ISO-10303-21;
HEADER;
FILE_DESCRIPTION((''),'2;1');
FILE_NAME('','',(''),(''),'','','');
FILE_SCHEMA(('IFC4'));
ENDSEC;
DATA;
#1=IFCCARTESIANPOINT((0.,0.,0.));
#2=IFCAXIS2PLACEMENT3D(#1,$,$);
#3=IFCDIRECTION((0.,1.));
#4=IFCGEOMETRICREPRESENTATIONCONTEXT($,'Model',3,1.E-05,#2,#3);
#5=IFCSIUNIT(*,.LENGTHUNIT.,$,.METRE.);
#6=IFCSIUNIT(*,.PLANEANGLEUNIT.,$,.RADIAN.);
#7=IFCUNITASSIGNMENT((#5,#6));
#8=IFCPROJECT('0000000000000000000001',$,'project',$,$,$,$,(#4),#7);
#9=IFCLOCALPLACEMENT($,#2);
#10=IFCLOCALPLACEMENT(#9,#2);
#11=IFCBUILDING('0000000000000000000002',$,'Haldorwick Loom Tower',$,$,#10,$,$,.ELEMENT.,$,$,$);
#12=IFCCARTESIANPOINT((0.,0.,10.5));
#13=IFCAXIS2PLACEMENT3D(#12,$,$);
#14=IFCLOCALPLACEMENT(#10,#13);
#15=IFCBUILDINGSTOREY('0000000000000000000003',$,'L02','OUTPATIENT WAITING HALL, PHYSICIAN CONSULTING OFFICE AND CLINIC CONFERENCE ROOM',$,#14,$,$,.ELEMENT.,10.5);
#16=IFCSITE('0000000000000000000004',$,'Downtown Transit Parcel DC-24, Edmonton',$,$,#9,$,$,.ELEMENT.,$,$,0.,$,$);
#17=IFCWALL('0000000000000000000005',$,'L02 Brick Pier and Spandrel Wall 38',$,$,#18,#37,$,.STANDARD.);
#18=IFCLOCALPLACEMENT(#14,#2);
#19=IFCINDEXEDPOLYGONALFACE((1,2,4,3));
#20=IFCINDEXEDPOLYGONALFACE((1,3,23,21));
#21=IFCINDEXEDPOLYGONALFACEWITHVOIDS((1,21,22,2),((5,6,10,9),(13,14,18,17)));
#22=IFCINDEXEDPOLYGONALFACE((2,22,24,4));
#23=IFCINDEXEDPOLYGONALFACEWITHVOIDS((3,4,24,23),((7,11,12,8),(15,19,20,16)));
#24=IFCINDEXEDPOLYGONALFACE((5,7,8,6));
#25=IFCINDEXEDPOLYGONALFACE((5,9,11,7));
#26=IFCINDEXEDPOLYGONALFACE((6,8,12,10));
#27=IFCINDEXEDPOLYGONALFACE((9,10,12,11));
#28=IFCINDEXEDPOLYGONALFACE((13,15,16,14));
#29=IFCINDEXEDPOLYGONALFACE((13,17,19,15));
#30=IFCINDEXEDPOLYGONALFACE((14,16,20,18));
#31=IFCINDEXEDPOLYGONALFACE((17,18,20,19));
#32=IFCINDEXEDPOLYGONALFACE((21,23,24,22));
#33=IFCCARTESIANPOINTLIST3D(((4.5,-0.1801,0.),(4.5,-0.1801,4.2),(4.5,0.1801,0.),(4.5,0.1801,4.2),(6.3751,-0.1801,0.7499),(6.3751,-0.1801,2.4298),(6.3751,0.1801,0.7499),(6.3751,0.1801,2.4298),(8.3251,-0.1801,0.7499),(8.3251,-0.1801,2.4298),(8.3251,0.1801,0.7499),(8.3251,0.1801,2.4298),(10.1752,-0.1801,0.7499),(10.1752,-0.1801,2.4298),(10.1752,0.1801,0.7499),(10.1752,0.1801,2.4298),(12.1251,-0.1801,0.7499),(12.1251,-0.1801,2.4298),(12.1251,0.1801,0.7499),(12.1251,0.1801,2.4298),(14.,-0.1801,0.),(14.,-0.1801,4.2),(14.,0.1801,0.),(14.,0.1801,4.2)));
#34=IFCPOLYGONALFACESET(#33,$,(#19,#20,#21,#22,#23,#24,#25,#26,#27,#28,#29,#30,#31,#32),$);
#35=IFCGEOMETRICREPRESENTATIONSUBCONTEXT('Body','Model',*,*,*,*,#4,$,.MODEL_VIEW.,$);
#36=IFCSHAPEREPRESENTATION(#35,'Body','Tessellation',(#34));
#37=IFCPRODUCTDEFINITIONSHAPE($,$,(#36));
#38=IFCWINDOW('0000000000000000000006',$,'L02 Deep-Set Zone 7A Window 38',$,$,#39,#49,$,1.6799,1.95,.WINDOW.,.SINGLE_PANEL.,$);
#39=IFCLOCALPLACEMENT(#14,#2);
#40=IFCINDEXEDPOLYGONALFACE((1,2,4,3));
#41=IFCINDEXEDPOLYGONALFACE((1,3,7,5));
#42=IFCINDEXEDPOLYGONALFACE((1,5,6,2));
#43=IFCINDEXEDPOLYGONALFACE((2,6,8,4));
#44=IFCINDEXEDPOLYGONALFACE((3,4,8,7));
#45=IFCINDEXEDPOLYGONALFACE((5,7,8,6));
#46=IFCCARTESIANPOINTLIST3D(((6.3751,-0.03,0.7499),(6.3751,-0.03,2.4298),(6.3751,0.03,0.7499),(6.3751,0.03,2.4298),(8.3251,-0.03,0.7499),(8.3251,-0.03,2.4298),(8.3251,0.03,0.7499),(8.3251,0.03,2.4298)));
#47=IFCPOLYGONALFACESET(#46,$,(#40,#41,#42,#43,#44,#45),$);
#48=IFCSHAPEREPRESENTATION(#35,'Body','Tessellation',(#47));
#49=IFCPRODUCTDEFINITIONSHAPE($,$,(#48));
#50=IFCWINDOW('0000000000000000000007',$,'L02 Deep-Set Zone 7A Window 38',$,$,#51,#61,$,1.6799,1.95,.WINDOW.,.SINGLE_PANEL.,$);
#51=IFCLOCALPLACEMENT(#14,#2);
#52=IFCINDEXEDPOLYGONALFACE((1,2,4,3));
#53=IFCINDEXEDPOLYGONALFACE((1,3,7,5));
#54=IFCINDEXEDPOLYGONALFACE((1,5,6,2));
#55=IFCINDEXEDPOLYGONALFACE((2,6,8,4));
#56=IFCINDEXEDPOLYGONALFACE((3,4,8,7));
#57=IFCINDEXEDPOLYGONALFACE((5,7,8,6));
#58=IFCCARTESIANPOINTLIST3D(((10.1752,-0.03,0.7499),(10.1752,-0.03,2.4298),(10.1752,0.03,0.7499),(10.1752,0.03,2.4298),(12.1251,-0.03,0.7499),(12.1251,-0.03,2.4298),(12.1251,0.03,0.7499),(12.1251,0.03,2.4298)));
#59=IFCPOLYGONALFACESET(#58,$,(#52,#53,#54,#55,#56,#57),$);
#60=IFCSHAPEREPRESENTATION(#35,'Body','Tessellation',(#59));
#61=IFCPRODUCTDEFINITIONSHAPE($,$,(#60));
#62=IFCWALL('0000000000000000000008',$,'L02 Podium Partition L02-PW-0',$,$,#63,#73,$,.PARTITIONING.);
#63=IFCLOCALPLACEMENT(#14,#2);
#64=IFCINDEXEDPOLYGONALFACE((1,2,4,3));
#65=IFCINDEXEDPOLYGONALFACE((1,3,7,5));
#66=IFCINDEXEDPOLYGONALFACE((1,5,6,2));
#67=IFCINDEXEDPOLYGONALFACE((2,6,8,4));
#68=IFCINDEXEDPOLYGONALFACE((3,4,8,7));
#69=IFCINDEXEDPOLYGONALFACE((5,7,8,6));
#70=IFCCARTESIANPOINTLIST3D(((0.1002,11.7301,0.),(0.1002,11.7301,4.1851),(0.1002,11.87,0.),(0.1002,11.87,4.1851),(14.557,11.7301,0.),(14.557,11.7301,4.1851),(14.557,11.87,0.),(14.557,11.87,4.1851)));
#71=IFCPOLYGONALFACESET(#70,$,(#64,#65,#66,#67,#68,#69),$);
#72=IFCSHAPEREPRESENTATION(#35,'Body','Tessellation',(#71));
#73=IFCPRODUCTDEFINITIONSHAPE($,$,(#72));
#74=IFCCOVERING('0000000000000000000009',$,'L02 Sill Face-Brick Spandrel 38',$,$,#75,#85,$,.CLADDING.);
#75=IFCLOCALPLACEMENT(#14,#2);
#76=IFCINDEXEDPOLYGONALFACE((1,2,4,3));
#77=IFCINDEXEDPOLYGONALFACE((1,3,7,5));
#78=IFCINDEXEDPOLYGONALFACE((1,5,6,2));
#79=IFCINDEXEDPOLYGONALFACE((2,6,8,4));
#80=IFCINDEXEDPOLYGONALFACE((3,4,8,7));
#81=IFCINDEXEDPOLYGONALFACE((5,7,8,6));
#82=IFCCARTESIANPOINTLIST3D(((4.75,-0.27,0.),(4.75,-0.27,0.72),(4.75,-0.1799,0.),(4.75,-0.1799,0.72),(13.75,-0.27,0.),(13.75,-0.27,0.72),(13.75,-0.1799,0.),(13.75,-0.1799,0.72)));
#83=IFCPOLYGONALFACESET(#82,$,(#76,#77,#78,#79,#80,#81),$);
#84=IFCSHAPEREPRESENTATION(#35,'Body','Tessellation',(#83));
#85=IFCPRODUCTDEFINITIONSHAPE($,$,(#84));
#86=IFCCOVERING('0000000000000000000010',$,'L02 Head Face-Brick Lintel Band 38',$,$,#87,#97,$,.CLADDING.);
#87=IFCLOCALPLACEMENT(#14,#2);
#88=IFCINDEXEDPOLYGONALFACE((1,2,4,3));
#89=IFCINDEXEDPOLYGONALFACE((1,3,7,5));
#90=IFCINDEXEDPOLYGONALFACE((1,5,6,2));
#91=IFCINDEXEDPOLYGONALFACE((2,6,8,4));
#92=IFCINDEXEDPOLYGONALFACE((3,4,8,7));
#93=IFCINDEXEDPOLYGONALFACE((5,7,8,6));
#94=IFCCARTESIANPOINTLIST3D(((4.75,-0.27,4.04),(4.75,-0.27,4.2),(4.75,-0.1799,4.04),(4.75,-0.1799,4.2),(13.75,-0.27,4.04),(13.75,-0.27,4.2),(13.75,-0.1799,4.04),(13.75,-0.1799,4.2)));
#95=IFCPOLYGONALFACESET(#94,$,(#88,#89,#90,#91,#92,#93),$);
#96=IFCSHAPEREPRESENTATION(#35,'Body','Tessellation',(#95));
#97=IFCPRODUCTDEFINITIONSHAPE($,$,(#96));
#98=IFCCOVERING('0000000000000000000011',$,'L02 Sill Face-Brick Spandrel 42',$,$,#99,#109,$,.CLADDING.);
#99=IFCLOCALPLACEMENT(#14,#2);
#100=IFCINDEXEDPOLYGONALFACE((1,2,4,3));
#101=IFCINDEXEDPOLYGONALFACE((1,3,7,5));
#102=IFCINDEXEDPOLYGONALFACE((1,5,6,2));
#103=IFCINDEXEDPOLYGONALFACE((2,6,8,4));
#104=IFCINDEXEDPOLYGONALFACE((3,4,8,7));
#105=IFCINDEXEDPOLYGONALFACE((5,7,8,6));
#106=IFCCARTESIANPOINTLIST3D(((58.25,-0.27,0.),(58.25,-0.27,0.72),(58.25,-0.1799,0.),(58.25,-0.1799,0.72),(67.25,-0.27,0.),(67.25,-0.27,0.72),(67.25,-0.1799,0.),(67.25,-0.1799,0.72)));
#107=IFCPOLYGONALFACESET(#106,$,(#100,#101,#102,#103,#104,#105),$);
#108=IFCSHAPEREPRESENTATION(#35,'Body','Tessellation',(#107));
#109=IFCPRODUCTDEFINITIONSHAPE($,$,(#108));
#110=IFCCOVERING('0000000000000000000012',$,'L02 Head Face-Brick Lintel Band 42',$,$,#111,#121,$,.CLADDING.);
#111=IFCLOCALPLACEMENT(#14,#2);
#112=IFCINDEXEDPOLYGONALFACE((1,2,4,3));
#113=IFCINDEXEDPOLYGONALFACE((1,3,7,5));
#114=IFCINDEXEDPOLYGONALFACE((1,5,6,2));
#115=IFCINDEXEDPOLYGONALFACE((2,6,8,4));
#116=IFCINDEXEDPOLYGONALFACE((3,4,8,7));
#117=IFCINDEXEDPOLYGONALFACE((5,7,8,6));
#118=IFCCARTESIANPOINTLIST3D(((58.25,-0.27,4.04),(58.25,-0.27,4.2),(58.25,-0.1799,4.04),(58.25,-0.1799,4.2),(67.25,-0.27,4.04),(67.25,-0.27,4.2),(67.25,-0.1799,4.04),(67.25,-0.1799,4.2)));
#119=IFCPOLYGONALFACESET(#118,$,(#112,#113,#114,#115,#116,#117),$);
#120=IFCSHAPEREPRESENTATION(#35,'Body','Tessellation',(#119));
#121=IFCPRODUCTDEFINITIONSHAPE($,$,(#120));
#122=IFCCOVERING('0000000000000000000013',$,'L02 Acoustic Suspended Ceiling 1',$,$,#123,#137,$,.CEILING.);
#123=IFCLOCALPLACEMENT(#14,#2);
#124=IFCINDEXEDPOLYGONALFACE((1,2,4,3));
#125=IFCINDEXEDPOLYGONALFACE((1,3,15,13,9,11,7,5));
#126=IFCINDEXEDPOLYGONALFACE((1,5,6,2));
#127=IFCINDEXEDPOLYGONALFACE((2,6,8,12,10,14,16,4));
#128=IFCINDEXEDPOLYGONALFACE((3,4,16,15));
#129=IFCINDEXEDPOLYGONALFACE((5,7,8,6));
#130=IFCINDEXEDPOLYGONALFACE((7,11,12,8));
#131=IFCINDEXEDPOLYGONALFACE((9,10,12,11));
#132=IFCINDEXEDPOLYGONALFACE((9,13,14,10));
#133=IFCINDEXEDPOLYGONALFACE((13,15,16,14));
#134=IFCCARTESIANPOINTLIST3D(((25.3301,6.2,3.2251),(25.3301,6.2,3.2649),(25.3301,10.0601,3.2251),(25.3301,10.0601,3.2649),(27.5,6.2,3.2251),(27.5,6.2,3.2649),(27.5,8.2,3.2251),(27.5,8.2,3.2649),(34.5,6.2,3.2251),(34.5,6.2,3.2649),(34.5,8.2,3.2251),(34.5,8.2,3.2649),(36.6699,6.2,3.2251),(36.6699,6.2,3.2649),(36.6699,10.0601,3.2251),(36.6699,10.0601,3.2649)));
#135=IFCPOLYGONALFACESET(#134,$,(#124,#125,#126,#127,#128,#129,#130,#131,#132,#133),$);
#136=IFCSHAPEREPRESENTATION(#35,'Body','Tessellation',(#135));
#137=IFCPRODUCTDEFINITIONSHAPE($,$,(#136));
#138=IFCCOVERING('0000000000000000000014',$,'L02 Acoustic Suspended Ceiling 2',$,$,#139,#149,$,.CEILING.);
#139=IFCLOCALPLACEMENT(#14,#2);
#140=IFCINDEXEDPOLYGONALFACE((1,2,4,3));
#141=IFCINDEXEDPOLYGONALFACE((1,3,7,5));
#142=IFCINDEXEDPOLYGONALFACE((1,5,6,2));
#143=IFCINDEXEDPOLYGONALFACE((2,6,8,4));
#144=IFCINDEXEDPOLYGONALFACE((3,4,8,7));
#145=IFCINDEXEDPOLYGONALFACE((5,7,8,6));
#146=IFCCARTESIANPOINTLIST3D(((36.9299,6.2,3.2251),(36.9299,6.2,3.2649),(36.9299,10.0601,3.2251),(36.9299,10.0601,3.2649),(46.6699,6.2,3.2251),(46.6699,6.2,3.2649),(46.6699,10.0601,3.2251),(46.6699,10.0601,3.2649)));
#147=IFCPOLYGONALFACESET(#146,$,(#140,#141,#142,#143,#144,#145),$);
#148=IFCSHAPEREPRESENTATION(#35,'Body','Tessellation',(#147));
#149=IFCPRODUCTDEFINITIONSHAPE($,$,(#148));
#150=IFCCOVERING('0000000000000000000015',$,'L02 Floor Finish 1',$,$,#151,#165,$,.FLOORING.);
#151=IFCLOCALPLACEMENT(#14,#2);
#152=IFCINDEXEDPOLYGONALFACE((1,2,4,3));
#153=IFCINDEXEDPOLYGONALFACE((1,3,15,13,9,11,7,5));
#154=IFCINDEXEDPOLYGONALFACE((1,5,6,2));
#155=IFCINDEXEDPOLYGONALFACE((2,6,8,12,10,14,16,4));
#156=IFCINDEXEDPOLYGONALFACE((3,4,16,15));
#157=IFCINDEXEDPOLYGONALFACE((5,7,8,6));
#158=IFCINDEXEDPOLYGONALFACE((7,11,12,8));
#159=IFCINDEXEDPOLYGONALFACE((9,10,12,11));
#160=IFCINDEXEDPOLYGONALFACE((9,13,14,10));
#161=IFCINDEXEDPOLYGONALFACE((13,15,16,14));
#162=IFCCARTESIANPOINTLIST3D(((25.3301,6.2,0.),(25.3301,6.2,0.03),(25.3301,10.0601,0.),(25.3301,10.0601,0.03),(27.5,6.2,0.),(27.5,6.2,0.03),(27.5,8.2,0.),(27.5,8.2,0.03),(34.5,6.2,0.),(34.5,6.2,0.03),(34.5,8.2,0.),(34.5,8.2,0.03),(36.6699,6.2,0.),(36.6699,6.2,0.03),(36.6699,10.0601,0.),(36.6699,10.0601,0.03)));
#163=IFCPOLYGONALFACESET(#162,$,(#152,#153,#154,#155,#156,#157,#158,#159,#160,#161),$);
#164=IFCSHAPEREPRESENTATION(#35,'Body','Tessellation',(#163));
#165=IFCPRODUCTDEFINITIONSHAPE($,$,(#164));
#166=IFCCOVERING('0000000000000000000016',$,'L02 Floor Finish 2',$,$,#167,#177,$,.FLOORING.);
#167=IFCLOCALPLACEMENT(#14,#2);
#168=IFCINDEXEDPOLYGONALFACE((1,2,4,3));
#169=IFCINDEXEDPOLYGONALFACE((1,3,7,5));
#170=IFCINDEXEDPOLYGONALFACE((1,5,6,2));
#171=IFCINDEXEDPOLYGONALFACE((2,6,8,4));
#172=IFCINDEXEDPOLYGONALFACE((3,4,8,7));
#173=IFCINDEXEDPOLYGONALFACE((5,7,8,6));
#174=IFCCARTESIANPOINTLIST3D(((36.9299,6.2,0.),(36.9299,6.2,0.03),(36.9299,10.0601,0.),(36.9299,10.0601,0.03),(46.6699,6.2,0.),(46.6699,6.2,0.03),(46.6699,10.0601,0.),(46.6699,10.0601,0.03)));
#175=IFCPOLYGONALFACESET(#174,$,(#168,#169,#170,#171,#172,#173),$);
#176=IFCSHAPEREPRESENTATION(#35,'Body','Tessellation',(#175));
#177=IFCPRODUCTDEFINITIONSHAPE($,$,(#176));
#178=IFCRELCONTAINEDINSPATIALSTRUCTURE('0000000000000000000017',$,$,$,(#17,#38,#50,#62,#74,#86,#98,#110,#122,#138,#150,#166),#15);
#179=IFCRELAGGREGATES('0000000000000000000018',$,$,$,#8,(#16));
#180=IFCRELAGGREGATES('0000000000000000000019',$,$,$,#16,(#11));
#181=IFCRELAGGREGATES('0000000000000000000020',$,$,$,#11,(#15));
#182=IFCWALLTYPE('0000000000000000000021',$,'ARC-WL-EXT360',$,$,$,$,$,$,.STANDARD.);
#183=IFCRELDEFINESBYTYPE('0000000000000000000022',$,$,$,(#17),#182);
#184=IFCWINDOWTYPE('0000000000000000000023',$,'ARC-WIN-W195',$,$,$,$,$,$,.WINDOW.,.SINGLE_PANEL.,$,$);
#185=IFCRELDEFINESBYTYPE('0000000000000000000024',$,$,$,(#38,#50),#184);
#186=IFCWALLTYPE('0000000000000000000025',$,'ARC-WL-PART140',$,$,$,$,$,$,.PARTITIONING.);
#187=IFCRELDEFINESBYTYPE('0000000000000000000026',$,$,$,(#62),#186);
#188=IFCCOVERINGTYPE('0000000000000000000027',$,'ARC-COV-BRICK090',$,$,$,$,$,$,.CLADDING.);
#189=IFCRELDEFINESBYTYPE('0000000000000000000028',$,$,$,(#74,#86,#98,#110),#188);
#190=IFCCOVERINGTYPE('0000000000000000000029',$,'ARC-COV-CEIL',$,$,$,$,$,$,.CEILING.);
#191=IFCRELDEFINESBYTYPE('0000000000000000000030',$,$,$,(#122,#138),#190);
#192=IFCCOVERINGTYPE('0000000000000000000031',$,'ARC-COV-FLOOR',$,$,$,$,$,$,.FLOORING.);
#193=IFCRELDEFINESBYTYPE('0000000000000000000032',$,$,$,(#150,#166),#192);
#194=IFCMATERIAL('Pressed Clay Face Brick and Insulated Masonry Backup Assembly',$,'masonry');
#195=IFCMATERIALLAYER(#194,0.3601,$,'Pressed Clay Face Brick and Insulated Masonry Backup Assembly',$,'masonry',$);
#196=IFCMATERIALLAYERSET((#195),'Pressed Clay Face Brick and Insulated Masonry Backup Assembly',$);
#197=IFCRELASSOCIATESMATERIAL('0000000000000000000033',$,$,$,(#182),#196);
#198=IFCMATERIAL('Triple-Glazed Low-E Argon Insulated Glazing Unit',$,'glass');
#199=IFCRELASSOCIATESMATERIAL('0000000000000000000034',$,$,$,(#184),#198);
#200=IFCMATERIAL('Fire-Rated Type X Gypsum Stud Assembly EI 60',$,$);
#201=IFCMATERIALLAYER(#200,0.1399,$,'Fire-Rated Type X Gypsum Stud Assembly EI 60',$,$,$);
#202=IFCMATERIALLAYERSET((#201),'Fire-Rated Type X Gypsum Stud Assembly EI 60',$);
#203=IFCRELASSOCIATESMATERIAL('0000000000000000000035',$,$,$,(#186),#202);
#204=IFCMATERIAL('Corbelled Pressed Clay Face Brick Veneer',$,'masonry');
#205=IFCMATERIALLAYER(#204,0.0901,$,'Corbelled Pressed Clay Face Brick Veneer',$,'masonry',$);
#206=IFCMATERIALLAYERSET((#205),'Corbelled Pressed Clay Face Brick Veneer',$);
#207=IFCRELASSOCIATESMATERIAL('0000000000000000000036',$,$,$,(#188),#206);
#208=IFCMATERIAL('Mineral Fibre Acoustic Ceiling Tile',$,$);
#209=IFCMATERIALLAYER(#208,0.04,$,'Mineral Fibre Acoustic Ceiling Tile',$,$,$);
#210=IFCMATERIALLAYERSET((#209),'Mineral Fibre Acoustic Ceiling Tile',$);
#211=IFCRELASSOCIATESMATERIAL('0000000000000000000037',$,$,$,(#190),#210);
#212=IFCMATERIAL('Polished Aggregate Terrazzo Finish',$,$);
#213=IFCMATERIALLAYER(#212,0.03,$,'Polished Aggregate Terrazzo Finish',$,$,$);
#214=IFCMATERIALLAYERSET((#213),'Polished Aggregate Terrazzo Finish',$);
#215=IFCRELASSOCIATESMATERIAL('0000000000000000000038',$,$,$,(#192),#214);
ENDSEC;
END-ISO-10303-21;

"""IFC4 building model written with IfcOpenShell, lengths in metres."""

from ifc_helpers import new_model, si_unit, direction, frame, frame_2d, origin, place, context, subcontext, project, spatial, polyline, rectangle, outline, extrude, material, layer, layer_set, type_object, element, fill, save


model = new_model("IFC4")

# Units and contexts
model_context = context("Model", 3, precision=1e-05, world=origin(), true_north=direction((0.0, 1.0)))
body_context = subcontext(model_context, "Body", "Model", "MODEL_VIEW")
ifc_project = project(units=[si_unit("LENGTHUNIT", "METRE"), si_unit("PLANEANGLEUNIT", "RADIAN")], contexts=[model_context])

# Site, building, storey
site_placement = place(None, origin())
site = spatial("IfcSite", under=ifc_project, at=site_placement, Name="Downtown Transit Parcel DC-24, Edmonton", CompositionType="ELEMENT", RefElevation=0.0)
building_placement = place(site_placement, origin())
building = spatial("IfcBuilding", under=site, at=building_placement, Name="Haldorwick Loom Tower", CompositionType="ELEMENT")
storey_placement = place(building_placement, frame((0.0, 0.0, 10.5)))
storey = spatial("IfcBuildingStorey", under=building, at=storey_placement, Name="L02", Description="OUTPATIENT WAITING HALL, PHYSICIAN CONSULTING OFFICE AND CLINIC CONFERENCE ROOM", CompositionType="ELEMENT", Elevation=10.5)

# Shared definitions
ifc_material_1 = material(Name="Pressed Clay Face Brick and Insulated Masonry Backup Assembly", Category="masonry")
ifc_layer_1 = layer(ifc_material_1, 0.3601, Name="Pressed Clay Face Brick and Insulated Masonry Backup Assembly", Category="masonry")
ifc_layer_set_1 = layer_set([ifc_layer_1], Name="Pressed Clay Face Brick and Insulated Masonry Backup Assembly")
wall_type_1 = type_object("IfcWallType", Name="ARC-WL-EXT360", PredefinedType="STANDARD", material=ifc_layer_set_1)
ifc_material_2 = material(Name="Triple-Glazed Low-E Argon Insulated Glazing Unit", Category="glass")
window_type = type_object("IfcWindowType", Name="ARC-WIN-W195", PartitioningType="SINGLE_PANEL", PredefinedType="WINDOW", material=ifc_material_2)

# Wall, openings, windows
wall_1_placement = place(storey_placement, frame((4.5, 0.0, 0.0), z_axis=(0.0, 0.0, 1.0), x_axis=(1.0, 0.0, 0.0)))
wall_1 = element("IfcWall", 1, at=wall_1_placement, inside=storey, type_object=wall_type_1, Name="L02 Brick Pier and Spandrel Wall 38", PredefinedType="STANDARD", context=body_context, shape_type="SweptSolid", body=[
    extrude(rectangle(XDim=9.5, YDim=0.3601, at=frame_2d((4.75, 0.0))), origin(), (0.0, 0.0, 1.0), 4.2),
])
opening_1_placement = place(wall_1_placement, frame((1.875, 0.0, 0.75)))
opening_1 = element("IfcOpeningElement", 2, at=opening_1_placement, cuts=wall_1, PredefinedType="OPENING", context=body_context, shape_type="SweptSolid", body=[
    extrude(rectangle(XDim=1.95, YDim=1.6799, at=frame_2d((0.9751, 0.8398))), frame((0.0, 0.1899, 0.0), z_axis=(0.0, -1.0, 0.0), x_axis=(1.0, 0.0, 0.0)), (0.0, 0.0, 1.0), 0.3801),
])
opening_2_placement = place(wall_1_placement, frame((5.675, 0.0, 0.75)))
opening_2 = element("IfcOpeningElement", 3, at=opening_2_placement, cuts=wall_1, PredefinedType="OPENING", context=body_context, shape_type="SweptSolid", body=[
    extrude(rectangle(XDim=1.95, YDim=1.6799, at=frame_2d((0.9751, 0.8398))), frame((0.0, 0.1899, 0.0), z_axis=(0.0, -1.0, 0.0), x_axis=(1.0, 0.0, 0.0)), (0.0, 0.0, 1.0), 0.3801),
])
window_1_placement = place(opening_1_placement, origin())
window_1 = element("IfcWindow", 4, at=window_1_placement, inside=storey, type_object=window_type, Name="L02 Deep-Set Zone 7A Window 38", OverallHeight=1.6799, OverallWidth=1.95, PartitioningType="SINGLE_PANEL", PredefinedType="WINDOW", context=body_context, shape_type="SweptSolid", body=[
    extrude(rectangle(XDim=1.95, YDim=1.6799, at=frame_2d((0.9751, 0.8398))), frame((0.0, 0.03, 0.0), z_axis=(0.0, -1.0, 0.0), x_axis=(1.0, 0.0, 0.0)), (0.0, 0.0, 1.0), 0.0601),
])
fill(opening_1, window_1)
window_2_placement = place(opening_2_placement, origin())
window_2 = element("IfcWindow", 5, at=window_2_placement, inside=storey, type_object=window_type, Name="L02 Deep-Set Zone 7A Window 38", OverallHeight=1.6799, OverallWidth=1.95, PartitioningType="SINGLE_PANEL", PredefinedType="WINDOW", context=body_context, shape_type="SweptSolid", body=[
    extrude(rectangle(XDim=1.95, YDim=1.6799, at=frame_2d((0.9751, 0.8398))), frame((0.0, 0.03, 0.0), z_axis=(0.0, -1.0, 0.0), x_axis=(1.0, 0.0, 0.0)), (0.0, 0.0, 1.0), 0.0601),
])
fill(opening_2, window_2)

# Wall
ifc_material_3 = material(Name="Fire-Rated Type X Gypsum Stud Assembly EI 60")
ifc_layer_2 = layer(ifc_material_3, 0.1399, Name="Fire-Rated Type X Gypsum Stud Assembly EI 60")
ifc_layer_set_2 = layer_set([ifc_layer_2], Name="Fire-Rated Type X Gypsum Stud Assembly EI 60")
wall_type_2 = type_object("IfcWallType", Name="ARC-WL-PART140", PredefinedType="PARTITIONING", material=ifc_layer_set_2)
wall_2_placement = place(storey_placement, frame((0.1001, 11.8, 0.0), z_axis=(0.0, 0.0, 1.0), x_axis=(1.0, 0.0, 0.0)))
element("IfcWall", 6, at=wall_2_placement, inside=storey, type_object=wall_type_2, Name="L02 Podium Partition L02-PW-0", PredefinedType="PARTITIONING", context=body_context, shape_type="SweptSolid", body=[
    extrude(rectangle(XDim=14.4568, YDim=0.1399, at=frame_2d((7.2285, 0.0))), origin(), (0.0, 0.0, 1.0), 4.1851),
])

# Coverings
ifc_material_4 = material(Name="Corbelled Pressed Clay Face Brick Veneer", Category="masonry")
ifc_layer_3 = layer(ifc_material_4, 0.0901, Name="Corbelled Pressed Clay Face Brick Veneer", Category="masonry")
ifc_layer_set_3 = layer_set([ifc_layer_3], Name="Corbelled Pressed Clay Face Brick Veneer")
covering_type_1 = type_object("IfcCoveringType", Name="ARC-COV-BRICK090", PredefinedType="CLADDING", material=ifc_layer_set_3)
covering_1_placement = place(storey_placement, origin())
element("IfcCovering", 7, at=covering_1_placement, inside=storey, type_object=covering_type_1, Name="L02 Sill Face-Brick Spandrel 38", PredefinedType="CLADDING", context=body_context, shape_type="SweptSolid", body=[
    extrude(outline(polyline([(4.75, -0.27), (13.75, -0.27), (13.75, -0.1799), (4.75, -0.1799), (4.75, -0.27)])), origin(), (0.0, 0.0, 1.0), 0.72),
])
covering_2_placement = place(storey_placement, frame((0.0, 0.0, 4.04)))
element("IfcCovering", 8, at=covering_2_placement, inside=storey, type_object=covering_type_1, Name="L02 Head Face-Brick Lintel Band 38", PredefinedType="CLADDING", context=body_context, shape_type="SweptSolid", body=[
    extrude(outline(polyline([(4.75, -0.27), (13.75, -0.27), (13.75, -0.1799), (4.75, -0.1799), (4.75, -0.27)])), origin(), (0.0, 0.0, 1.0), 0.1599),
])
covering_3_placement = place(storey_placement, origin())
element("IfcCovering", 9, at=covering_3_placement, inside=storey, type_object=covering_type_1, Name="L02 Sill Face-Brick Spandrel 42", PredefinedType="CLADDING", context=body_context, shape_type="SweptSolid", body=[
    extrude(outline(polyline([(58.25, -0.27), (67.25, -0.27), (67.25, -0.1799), (58.25, -0.1799), (58.25, -0.27)])), origin(), (0.0, 0.0, 1.0), 0.72),
])
covering_4_placement = place(storey_placement, frame((0.0, 0.0, 4.04)))
element("IfcCovering", 10, at=covering_4_placement, inside=storey, type_object=covering_type_1, Name="L02 Head Face-Brick Lintel Band 42", PredefinedType="CLADDING", context=body_context, shape_type="SweptSolid", body=[
    extrude(outline(polyline([(58.25, -0.27), (67.25, -0.27), (67.25, -0.1799), (58.25, -0.1799), (58.25, -0.27)])), origin(), (0.0, 0.0, 1.0), 0.1599),
])
ifc_material_5 = material(Name="Mineral Fibre Acoustic Ceiling Tile")
ifc_layer_4 = layer(ifc_material_5, 0.04, Name="Mineral Fibre Acoustic Ceiling Tile")
ifc_layer_set_4 = layer_set([ifc_layer_4], Name="Mineral Fibre Acoustic Ceiling Tile")
covering_type_2 = type_object("IfcCoveringType", Name="ARC-COV-CEIL", PredefinedType="CEILING", material=ifc_layer_set_4)
covering_5_placement = place(storey_placement, frame((0.0, 0.0, 3.2251)))
element("IfcCovering", 11, at=covering_5_placement, inside=storey, type_object=covering_type_2, Name="L02 Acoustic Suspended Ceiling 1", PredefinedType="CEILING", context=body_context, shape_type="SweptSolid", body=[
    extrude(outline(polyline([(25.3301, 6.2), (27.5, 6.2), (27.5, 8.2), (34.5, 8.2), (34.5, 6.2), (36.6699, 6.2), (36.6699, 10.0601), (25.3301, 10.0601), (25.3301, 6.2)])), origin(), (0.0, 0.0, 1.0), 0.0398),
])
covering_6_placement = place(storey_placement, frame((0.0, 0.0, 3.2251)))
element("IfcCovering", 12, at=covering_6_placement, inside=storey, type_object=covering_type_2, Name="L02 Acoustic Suspended Ceiling 2", PredefinedType="CEILING", context=body_context, shape_type="SweptSolid", body=[
    extrude(outline(polyline([(36.9299, 6.2), (46.6699, 6.2), (46.6699, 10.0601), (36.9299, 10.0601), (36.9299, 6.2)])), origin(), (0.0, 0.0, 1.0), 0.0398),
])
ifc_material_6 = material(Name="Polished Aggregate Terrazzo Finish")
ifc_layer_5 = layer(ifc_material_6, 0.03, Name="Polished Aggregate Terrazzo Finish")
ifc_layer_set_5 = layer_set([ifc_layer_5], Name="Polished Aggregate Terrazzo Finish")
covering_type_3 = type_object("IfcCoveringType", Name="ARC-COV-FLOOR", PredefinedType="FLOORING", material=ifc_layer_set_5)
covering_7_placement = place(storey_placement, origin())
element("IfcCovering", 13, at=covering_7_placement, inside=storey, type_object=covering_type_3, Name="L02 Floor Finish 1", PredefinedType="FLOORING", context=body_context, shape_type="SweptSolid", body=[
    extrude(outline(polyline([(25.3301, 6.2), (27.5, 6.2), (27.5, 8.2), (34.5, 8.2), (34.5, 6.2), (36.6699, 6.2), (36.6699, 10.0601), (25.3301, 10.0601), (25.3301, 6.2)])), origin(), (0.0, 0.0, 1.0), 0.03),
])
covering_8_placement = place(storey_placement, origin())
element("IfcCovering", 14, at=covering_8_placement, inside=storey, type_object=covering_type_3, Name="L02 Floor Finish 2", PredefinedType="FLOORING", context=body_context, shape_type="SweptSolid", body=[
    extrude(outline(polyline([(36.9299, 6.2), (46.6699, 6.2), (46.6699, 10.0601), (36.9299, 10.0601), (36.9299, 6.2)])), origin(), (0.0, 0.0, 1.0), 0.03),
])

save(model, "model.ifc")
